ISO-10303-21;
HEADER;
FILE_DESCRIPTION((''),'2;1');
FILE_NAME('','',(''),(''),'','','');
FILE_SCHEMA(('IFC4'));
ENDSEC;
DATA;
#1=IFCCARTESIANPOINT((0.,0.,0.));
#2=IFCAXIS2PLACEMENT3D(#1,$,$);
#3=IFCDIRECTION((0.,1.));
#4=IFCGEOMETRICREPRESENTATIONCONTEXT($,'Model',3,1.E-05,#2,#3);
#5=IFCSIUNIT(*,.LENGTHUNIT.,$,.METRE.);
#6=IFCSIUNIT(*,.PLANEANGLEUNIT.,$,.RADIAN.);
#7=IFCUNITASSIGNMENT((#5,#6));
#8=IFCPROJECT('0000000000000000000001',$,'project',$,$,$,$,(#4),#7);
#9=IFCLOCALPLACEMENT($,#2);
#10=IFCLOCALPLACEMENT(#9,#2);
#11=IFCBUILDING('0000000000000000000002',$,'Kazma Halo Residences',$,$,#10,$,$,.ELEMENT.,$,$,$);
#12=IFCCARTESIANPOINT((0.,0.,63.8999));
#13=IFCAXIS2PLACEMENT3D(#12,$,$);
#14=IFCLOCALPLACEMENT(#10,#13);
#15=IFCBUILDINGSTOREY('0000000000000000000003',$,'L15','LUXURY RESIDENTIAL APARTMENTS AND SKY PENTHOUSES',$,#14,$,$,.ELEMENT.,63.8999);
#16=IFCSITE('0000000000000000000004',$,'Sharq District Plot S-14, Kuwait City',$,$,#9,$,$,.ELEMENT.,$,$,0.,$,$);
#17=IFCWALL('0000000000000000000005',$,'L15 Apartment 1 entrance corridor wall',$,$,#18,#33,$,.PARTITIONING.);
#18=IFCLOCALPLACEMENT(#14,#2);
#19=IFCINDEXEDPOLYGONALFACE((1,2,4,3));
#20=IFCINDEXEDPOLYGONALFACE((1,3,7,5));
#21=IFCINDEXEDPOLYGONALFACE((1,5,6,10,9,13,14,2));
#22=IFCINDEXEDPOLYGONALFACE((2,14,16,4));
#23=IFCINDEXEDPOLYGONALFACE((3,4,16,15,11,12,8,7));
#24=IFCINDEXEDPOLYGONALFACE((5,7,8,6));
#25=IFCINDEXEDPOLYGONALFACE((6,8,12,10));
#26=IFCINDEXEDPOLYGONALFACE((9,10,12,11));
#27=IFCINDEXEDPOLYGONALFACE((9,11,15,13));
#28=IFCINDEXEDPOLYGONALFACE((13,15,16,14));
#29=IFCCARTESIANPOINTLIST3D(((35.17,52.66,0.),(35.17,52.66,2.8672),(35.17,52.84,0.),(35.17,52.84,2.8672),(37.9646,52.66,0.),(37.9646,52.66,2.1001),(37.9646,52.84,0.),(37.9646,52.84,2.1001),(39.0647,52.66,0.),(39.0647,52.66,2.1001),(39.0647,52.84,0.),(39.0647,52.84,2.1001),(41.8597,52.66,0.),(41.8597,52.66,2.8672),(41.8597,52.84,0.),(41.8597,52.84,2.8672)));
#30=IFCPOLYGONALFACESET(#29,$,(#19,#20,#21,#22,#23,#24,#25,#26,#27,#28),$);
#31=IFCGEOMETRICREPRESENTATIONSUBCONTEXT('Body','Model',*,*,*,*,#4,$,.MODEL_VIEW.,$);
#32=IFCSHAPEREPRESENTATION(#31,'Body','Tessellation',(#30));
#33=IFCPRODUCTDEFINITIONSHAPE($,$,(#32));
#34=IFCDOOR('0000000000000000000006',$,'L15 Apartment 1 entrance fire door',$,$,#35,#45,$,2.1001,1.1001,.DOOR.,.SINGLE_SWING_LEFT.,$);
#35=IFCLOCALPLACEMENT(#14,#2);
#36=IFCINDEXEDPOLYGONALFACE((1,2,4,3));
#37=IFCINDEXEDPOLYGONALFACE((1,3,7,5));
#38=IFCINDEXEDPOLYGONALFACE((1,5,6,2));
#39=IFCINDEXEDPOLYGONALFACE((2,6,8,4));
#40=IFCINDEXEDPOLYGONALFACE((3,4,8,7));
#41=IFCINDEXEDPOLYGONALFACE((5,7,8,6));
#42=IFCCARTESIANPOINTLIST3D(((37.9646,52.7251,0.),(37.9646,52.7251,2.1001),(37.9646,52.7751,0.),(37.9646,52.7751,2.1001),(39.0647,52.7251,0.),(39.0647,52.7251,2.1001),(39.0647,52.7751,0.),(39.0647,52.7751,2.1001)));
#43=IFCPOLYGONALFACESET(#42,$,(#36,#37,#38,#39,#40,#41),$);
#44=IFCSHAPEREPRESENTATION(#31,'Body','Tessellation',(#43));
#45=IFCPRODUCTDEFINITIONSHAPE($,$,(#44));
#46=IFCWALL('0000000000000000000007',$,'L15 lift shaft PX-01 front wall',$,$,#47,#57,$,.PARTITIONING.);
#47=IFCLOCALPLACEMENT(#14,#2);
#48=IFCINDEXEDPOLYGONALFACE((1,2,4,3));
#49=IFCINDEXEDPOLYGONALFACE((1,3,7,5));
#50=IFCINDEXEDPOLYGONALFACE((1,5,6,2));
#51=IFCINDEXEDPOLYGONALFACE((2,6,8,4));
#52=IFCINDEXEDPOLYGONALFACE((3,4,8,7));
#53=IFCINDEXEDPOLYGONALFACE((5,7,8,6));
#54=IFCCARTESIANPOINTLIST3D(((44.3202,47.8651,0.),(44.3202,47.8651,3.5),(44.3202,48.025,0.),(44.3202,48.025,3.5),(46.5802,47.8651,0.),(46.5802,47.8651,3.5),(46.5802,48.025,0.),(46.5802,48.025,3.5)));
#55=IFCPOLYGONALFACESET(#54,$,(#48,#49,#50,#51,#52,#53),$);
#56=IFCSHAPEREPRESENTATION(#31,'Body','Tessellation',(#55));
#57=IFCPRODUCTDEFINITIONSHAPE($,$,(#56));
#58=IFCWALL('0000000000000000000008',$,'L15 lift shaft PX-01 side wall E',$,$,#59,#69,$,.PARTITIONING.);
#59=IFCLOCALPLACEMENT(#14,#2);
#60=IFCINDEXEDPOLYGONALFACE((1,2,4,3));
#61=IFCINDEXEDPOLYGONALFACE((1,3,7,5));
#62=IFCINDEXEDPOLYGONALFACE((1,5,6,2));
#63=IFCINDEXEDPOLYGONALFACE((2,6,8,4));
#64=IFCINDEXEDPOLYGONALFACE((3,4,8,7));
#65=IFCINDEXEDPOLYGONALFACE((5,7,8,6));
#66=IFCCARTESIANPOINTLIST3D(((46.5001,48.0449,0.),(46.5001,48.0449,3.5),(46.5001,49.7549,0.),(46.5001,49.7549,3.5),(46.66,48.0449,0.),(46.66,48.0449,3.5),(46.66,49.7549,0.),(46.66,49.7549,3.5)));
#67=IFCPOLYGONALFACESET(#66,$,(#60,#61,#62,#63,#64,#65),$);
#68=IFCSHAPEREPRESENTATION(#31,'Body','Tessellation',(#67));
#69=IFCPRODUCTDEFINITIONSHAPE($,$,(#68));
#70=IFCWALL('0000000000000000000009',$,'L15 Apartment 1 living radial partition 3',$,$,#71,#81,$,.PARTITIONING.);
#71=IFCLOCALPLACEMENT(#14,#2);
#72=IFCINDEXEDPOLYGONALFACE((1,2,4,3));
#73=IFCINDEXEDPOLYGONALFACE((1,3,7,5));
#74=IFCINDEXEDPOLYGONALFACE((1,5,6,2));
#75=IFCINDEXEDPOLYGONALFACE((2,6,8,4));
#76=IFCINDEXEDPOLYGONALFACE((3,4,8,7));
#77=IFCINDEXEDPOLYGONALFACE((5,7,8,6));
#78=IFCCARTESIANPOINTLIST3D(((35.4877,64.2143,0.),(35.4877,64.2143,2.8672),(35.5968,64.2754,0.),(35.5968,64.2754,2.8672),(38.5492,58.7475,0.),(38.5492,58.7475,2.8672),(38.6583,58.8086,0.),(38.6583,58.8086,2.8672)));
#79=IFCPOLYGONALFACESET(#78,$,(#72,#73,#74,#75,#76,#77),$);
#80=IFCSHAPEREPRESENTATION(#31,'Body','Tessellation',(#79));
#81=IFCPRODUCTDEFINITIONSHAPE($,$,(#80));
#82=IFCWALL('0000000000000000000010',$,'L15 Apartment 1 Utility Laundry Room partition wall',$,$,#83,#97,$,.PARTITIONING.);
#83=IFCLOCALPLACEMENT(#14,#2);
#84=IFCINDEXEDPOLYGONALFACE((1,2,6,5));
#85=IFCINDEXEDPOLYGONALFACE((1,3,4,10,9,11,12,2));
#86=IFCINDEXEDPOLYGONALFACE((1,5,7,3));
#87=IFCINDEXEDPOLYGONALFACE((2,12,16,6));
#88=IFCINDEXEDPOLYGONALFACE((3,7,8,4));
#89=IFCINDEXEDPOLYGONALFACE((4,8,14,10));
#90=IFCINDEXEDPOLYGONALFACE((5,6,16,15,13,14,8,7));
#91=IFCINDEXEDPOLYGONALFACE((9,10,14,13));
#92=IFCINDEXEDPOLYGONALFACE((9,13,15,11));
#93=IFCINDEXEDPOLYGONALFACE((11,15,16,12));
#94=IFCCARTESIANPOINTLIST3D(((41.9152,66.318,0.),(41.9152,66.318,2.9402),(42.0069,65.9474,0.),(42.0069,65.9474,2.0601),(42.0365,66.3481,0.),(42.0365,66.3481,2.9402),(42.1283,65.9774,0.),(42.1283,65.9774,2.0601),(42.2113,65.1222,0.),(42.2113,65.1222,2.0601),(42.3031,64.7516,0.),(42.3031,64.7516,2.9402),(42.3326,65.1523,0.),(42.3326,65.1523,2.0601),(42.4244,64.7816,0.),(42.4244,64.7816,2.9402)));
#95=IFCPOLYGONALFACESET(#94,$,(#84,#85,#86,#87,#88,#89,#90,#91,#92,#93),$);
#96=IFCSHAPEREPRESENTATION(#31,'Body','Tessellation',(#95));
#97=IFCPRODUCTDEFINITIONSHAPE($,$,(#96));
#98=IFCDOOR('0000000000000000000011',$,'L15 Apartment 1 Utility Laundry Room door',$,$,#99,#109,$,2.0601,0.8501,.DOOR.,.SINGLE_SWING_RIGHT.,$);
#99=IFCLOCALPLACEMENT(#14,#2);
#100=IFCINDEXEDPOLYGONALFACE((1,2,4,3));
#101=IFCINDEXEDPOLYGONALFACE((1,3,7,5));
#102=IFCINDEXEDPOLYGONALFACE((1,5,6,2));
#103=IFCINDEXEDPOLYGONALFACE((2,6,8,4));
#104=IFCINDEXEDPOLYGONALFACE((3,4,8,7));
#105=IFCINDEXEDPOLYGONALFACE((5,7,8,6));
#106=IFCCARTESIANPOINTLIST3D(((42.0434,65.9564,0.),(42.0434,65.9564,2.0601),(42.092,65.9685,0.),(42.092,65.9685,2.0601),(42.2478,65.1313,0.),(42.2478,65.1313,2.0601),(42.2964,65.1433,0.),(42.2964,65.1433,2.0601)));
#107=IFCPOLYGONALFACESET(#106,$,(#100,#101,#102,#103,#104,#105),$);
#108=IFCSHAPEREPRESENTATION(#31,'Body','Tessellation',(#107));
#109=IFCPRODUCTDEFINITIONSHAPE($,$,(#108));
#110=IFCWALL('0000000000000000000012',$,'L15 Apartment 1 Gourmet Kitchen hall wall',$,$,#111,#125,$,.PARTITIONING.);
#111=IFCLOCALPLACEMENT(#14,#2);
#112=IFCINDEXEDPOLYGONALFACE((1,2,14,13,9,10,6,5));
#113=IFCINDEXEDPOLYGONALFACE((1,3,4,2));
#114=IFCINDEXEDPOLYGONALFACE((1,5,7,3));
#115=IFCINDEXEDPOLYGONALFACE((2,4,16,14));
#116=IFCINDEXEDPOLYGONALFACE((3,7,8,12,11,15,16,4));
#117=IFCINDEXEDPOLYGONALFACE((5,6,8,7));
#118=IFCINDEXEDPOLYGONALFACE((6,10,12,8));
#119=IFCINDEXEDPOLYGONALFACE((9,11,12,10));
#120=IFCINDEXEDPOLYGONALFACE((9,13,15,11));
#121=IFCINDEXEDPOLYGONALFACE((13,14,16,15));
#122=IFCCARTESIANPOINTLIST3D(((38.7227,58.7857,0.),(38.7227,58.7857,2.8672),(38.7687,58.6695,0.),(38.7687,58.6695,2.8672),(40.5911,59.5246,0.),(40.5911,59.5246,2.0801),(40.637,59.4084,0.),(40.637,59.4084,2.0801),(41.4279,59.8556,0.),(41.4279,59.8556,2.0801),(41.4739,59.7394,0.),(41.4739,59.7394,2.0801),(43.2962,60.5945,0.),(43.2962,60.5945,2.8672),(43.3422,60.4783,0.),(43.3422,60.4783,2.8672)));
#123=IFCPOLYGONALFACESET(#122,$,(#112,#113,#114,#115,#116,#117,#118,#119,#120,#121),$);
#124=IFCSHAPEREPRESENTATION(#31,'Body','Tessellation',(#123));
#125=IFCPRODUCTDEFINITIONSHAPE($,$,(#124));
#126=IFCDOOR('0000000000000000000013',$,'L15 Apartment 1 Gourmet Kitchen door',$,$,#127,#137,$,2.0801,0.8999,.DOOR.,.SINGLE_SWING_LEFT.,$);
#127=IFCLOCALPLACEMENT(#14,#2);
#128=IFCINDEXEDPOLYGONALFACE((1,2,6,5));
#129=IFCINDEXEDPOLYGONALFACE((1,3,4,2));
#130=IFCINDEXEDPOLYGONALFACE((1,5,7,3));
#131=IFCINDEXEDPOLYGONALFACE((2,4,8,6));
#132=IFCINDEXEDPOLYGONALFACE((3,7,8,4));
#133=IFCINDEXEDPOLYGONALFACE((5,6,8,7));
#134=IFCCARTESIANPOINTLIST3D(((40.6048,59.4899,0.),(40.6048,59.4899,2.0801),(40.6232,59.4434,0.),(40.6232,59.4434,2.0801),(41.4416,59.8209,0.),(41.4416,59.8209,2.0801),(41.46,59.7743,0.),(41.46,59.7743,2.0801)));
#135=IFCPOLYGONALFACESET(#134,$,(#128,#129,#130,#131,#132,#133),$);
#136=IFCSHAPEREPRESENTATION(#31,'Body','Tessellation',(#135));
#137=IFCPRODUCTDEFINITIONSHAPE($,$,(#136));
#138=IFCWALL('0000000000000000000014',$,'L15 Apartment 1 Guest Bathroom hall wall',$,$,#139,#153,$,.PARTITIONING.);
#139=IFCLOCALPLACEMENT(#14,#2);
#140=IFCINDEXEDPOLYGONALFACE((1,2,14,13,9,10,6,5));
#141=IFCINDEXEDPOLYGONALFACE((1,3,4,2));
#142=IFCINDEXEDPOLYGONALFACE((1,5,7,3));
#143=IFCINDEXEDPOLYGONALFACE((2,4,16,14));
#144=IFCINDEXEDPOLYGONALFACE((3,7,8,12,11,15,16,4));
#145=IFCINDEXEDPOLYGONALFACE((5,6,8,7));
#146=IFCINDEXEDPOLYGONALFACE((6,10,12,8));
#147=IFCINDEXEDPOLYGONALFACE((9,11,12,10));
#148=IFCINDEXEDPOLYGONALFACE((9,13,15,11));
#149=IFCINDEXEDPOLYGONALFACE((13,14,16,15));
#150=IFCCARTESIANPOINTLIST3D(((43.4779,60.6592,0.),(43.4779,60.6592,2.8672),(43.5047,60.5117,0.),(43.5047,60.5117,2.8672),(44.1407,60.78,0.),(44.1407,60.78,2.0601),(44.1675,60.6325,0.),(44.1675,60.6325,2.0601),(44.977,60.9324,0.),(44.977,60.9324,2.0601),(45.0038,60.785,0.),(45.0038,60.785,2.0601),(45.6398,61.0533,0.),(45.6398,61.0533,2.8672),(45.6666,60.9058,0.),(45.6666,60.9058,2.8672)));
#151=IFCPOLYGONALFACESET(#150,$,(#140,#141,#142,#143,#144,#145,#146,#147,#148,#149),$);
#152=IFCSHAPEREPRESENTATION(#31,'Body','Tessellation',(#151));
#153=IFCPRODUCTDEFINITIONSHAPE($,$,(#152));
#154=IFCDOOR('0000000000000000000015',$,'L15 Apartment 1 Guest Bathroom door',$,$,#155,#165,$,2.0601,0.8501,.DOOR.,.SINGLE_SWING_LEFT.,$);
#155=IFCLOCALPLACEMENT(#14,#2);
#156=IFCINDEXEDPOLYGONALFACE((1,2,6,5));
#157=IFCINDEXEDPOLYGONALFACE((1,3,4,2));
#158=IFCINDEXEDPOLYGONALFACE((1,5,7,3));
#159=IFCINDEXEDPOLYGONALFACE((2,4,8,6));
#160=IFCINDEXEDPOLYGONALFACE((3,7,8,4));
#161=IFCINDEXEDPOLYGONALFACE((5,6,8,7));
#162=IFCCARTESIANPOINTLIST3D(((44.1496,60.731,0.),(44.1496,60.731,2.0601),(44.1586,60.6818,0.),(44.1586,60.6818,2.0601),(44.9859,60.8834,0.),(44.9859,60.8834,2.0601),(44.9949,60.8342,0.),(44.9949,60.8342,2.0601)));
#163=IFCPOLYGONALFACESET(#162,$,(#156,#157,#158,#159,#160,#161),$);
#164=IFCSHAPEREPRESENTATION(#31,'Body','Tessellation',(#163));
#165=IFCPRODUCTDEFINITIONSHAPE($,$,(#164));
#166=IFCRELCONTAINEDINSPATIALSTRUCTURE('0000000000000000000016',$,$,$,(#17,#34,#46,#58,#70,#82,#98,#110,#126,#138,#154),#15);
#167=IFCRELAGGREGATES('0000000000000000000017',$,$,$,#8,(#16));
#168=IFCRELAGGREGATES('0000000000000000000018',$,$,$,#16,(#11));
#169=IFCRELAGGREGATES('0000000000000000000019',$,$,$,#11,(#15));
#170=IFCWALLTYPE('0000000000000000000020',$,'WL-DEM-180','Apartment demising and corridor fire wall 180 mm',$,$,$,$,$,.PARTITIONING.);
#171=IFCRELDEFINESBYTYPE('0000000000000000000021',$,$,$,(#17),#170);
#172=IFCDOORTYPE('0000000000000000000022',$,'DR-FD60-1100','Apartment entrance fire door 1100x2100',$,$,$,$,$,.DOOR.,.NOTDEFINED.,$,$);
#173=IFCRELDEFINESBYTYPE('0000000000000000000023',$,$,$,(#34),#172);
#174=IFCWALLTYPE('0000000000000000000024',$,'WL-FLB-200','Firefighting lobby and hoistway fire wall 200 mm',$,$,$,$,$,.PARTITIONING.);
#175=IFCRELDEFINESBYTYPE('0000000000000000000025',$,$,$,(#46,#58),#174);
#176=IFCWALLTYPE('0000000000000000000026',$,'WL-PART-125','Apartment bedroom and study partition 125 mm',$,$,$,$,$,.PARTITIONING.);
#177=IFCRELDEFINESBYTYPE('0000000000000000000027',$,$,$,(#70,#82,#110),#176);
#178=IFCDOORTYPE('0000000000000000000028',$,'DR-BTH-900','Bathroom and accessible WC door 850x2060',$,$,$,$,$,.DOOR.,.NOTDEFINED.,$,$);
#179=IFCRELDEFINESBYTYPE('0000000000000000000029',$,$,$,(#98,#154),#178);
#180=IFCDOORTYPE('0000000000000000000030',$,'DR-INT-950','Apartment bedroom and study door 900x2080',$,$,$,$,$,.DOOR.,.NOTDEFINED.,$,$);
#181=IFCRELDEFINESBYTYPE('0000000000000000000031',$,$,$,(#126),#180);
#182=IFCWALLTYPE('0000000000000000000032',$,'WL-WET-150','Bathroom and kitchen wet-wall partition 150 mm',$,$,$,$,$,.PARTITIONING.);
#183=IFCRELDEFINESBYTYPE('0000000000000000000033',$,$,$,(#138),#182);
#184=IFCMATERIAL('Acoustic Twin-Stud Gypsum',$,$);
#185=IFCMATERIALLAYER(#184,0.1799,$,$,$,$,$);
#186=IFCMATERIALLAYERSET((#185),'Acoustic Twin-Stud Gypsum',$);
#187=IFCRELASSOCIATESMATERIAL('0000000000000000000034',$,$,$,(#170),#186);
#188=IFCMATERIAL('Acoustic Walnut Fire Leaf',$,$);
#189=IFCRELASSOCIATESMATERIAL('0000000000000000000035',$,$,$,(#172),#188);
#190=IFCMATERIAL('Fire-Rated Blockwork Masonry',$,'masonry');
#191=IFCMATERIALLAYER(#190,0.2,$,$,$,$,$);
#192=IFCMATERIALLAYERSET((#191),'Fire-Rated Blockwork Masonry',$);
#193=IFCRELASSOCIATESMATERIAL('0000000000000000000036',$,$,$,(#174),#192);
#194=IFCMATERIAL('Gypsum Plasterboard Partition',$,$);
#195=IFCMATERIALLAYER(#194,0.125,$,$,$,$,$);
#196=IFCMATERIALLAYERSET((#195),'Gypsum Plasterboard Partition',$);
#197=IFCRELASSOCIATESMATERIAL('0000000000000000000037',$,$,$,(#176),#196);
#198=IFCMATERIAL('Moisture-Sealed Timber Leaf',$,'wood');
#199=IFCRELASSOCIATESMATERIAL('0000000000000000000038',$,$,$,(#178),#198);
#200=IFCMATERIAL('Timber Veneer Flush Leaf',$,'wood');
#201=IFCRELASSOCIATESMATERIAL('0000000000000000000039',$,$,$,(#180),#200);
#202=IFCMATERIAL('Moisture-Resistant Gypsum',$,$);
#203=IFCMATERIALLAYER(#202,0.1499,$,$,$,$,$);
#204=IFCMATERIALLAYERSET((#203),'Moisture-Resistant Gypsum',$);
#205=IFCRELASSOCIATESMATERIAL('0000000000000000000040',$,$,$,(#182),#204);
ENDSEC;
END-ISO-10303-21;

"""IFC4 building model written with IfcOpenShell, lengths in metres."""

from ifc_helpers import new_model, si_unit, direction, frame, frame_2d, origin, place, context, subcontext, project, spatial, rectangle, extrude, material, layer, layer_set, type_object, element, fill, save


model = new_model("IFC4")

# Units and contexts
model_context = context("Model", 3, precision=1e-05, world=origin(), true_north=direction((0.0, 1.0)))
body_context = subcontext(model_context, "Body", "Model", "MODEL_VIEW")
ifc_project = project(units=[si_unit("LENGTHUNIT", "METRE"), si_unit("PLANEANGLEUNIT", "RADIAN")], contexts=[model_context])

# Site, building, storey
site_placement = place(None, origin())
site = spatial("IfcSite", under=ifc_project, at=site_placement, Name="Sharq District Plot S-14, Kuwait City", CompositionType="ELEMENT", RefElevation=0.0)
building_placement = place(site_placement, origin())
building = spatial("IfcBuilding", under=site, at=building_placement, Name="Kazma Halo Residences", CompositionType="ELEMENT")
storey_placement = place(building_placement, frame((0.0, 0.0, 63.8999)))
storey = spatial("IfcBuildingStorey", under=building, at=storey_placement, Name="L15", Description="LUXURY RESIDENTIAL APARTMENTS AND SKY PENTHOUSES", CompositionType="ELEMENT", Elevation=63.8999)

# Wall, opening, door
ifc_material_1 = material(Name="Acoustic Twin-Stud Gypsum")
ifc_layer_1 = layer(ifc_material_1, 0.1799)
ifc_layer_set_1 = layer_set([ifc_layer_1], Name="Acoustic Twin-Stud Gypsum")
wall_type_1 = type_object("IfcWallType", Name="WL-DEM-180", Description="Apartment demising and corridor fire wall 180 mm", PredefinedType="PARTITIONING", material=ifc_layer_set_1)
wall_1_placement = place(storey_placement, frame((41.8596, 52.75, 0.0), z_axis=(0.0, 0.0, 1.0), x_axis=(-1.0, 0.0, 0.0)))
wall_1 = element("IfcWall", 1, at=wall_1_placement, inside=storey, type_object=wall_type_1, Name="L15 Apartment 1 entrance corridor wall", PredefinedType="PARTITIONING", context=body_context, shape_type="SweptSolid", body=[
    extrude(rectangle(XDim=6.6897, YDim=0.1799, at=frame_2d((3.3447, 0.0))), origin(), (0.0, 0.0, 1.0), 2.8672),
])
opening_1_placement = place(wall_1_placement, frame((2.7949, 0.0, 0.0)))
opening_1 = element("IfcOpeningElement", 2, at=opening_1_placement, cuts=wall_1, PredefinedType="OPENING", context=body_context, shape_type="SweptSolid", body=[
    extrude(rectangle(XDim=1.1001, YDim=2.1001, at=frame_2d((0.55, 1.05))), frame((0.0, 0.0999, 0.0), z_axis=(0.0, -1.0, 0.0), x_axis=(1.0, 0.0, 0.0)), (0.0, 0.0, 1.0), 0.2),
])
ifc_material_2 = material(Name="Acoustic Walnut Fire Leaf")
door_type_1 = type_object("IfcDoorType", Name="DR-FD60-1100", Description="Apartment entrance fire door 1100x2100", OperationType="NOTDEFINED", PredefinedType="DOOR", material=ifc_material_2)
door_1_placement = place(opening_1_placement, origin())
door_1 = element("IfcDoor", 3, at=door_1_placement, inside=storey, type_object=door_type_1, Name="L15 Apartment 1 entrance fire door", OperationType="SINGLE_SWING_LEFT", OverallHeight=2.1001, OverallWidth=1.1001, PredefinedType="DOOR", context=body_context, shape_type="SweptSolid", body=[
    extrude(rectangle(XDim=1.1001, YDim=2.1001, at=frame_2d((0.55, 1.05))), frame((0.0, 0.0249, 0.0), z_axis=(0.0, -1.0, 0.0), x_axis=(1.0, 0.0, 0.0)), (0.0, 0.0, 1.0), 0.05),
])
fill(opening_1, door_1)

# Walls
ifc_material_3 = material(Name="Fire-Rated Blockwork Masonry", Category="masonry")
ifc_layer_2 = layer(ifc_material_3, 0.2)
ifc_layer_set_2 = layer_set([ifc_layer_2], Name="Fire-Rated Blockwork Masonry")
wall_type_2 = type_object("IfcWallType", Name="WL-FLB-200", Description="Firefighting lobby and hoistway fire wall 200 mm", PredefinedType="PARTITIONING", material=ifc_layer_set_2)
wall_2_placement = place(storey_placement, frame((46.5801, 47.9451, 0.0), z_axis=(0.0, 0.0, 1.0), x_axis=(-1.0, 0.0, 0.0)))
element("IfcWall", 4, at=wall_2_placement, inside=storey, type_object=wall_type_2, Name="L15 lift shaft PX-01 front wall", PredefinedType="PARTITIONING", context=body_context, shape_type="SweptSolid", body=[
    extrude(rectangle(XDim=2.26, YDim=0.1599, at=frame_2d((1.1299, 0.0))), origin(), (0.0, 0.0, 1.0), 3.5),
])
wall_3_placement = place(storey_placement, frame((46.5801, 48.0449, 0.0), z_axis=(0.0, 0.0, 1.0), x_axis=(0.0, 1.0, 0.0)))
element("IfcWall", 5, at=wall_3_placement, inside=storey, type_object=wall_type_2, Name="L15 lift shaft PX-01 side wall E", PredefinedType="PARTITIONING", context=body_context, shape_type="SweptSolid", body=[
    extrude(rectangle(XDim=1.71, YDim=0.1599, at=frame_2d((0.855, 0.0))), origin(), (0.0, 0.0, 1.0), 3.5),
])
ifc_material_4 = material(Name="Gypsum Plasterboard Partition")
ifc_layer_3 = layer(ifc_material_4, 0.125)
ifc_layer_set_3 = layer_set([ifc_layer_3], Name="Gypsum Plasterboard Partition")
wall_type_3 = type_object("IfcWallType", Name="WL-PART-125", Description="Apartment bedroom and study partition 125 mm", PredefinedType="PARTITIONING", material=ifc_layer_set_3)
wall_4_placement = place(storey_placement, frame((38.6038, 58.7781, 0.0), z_axis=(0.0, 0.0, 1.0), x_axis=(-0.488618, 0.872498, 0.0)))
element("IfcWall", 6, at=wall_4_placement, inside=storey, type_object=wall_type_3, Name="L15 Apartment 1 living radial partition 3", PredefinedType="PARTITIONING", context=body_context, shape_type="SweptSolid", body=[
    extrude(rectangle(XDim=6.2656, YDim=0.125, at=frame_2d((3.1328, 0.0))), origin(), (0.0, 0.0, 1.0), 2.8672),
])

# Walls, openings, doors
wall_5_placement = place(storey_placement, frame((42.3638, 64.7666, 0.0), z_axis=(0.0, 0.0, 1.0), x_axis=(-0.240399, 0.970674, 0.0)))
wall_5 = element("IfcWall", 7, at=wall_5_placement, inside=storey, type_object=wall_type_3, Name="L15 Apartment 1 Utility Laundry Room partition wall", PredefinedType="PARTITIONING", context=body_context, shape_type="SweptSolid", body=[
    extrude(rectangle(XDim=1.6138, YDim=0.125, at=frame_2d((0.8069, 0.0))), origin(), (0.0, 0.0, 1.0), 2.9402),
])
opening_2_placement = place(wall_5_placement, frame((0.3818, 0.0, 0.0)))
opening_2 = element("IfcOpeningElement", 8, at=opening_2_placement, cuts=wall_5, PredefinedType="OPENING", context=body_context, shape_type="SweptSolid", body=[
    extrude(rectangle(XDim=0.8501, YDim=2.0601, at=frame_2d((0.425, 1.03))), frame((0.0, 0.0725, 0.0), z_axis=(0.0, -1.0, 0.0), x_axis=(1.0, 0.0, 0.0)), (0.0, 0.0, 1.0), 0.145),
])
ifc_material_5 = material(Name="Moisture-Sealed Timber Leaf", Category="wood")
door_type_2 = type_object("IfcDoorType", Name="DR-BTH-900", Description="Bathroom and accessible WC door 850x2060", OperationType="NOTDEFINED", PredefinedType="DOOR", material=ifc_material_5)
door_2_placement = place(opening_2_placement, origin())
door_2 = element("IfcDoor", 9, at=door_2_placement, inside=storey, type_object=door_type_2, Name="L15 Apartment 1 Utility Laundry Room door", OperationType="SINGLE_SWING_RIGHT", OverallHeight=2.0601, OverallWidth=0.8501, PredefinedType="DOOR", context=body_context, shape_type="SweptSolid", body=[
    extrude(rectangle(XDim=0.8501, YDim=2.0601, at=frame_2d((0.425, 1.03))), frame((0.0, 0.0249, 0.0), z_axis=(0.0, -1.0, 0.0), x_axis=(1.0, 0.0, 0.0)), (0.0, 0.0, 1.0), 0.05),
])
fill(opening_2, door_2)
wall_6_placement = place(storey_placement, frame((43.3191, 60.5364, 0.0), z_axis=(0.0, 0.0, 1.0), x_axis=(-0.929911, -0.367785, 0.0)))
wall_6 = element("IfcWall", 10, at=wall_6_placement, inside=storey, type_object=wall_type_3, Name="L15 Apartment 1 Gourmet Kitchen hall wall", PredefinedType="PARTITIONING", context=body_context, shape_type="SweptSolid", body=[
    extrude(rectangle(XDim=4.9182, YDim=0.125, at=frame_2d((2.459, 0.0))), origin(), (0.0, 0.0, 1.0), 2.8672),
])
opening_3_placement = place(wall_6_placement, frame((2.009, 0.0, 0.0)))
opening_3 = element("IfcOpeningElement", 11, at=opening_3_placement, cuts=wall_6, PredefinedType="OPENING", context=body_context, shape_type="SweptSolid", body=[
    extrude(rectangle(XDim=0.8999, YDim=2.0801, at=frame_2d((0.45, 1.04))), frame((0.0, 0.0725, 0.0), z_axis=(0.0, -1.0, 0.0), x_axis=(1.0, 0.0, 0.0)), (0.0, 0.0, 1.0), 0.145),
])
ifc_material_6 = material(Name="Timber Veneer Flush Leaf", Category="wood")
door_type_3 = type_object("IfcDoorType", Name="DR-INT-950", Description="Apartment bedroom and study door 900x2080", OperationType="NOTDEFINED", PredefinedType="DOOR", material=ifc_material_6)
door_3_placement = place(opening_3_placement, origin())
door_3 = element("IfcDoor", 12, at=door_3_placement, inside=storey, type_object=door_type_3, Name="L15 Apartment 1 Gourmet Kitchen door", OperationType="SINGLE_SWING_LEFT", OverallHeight=2.0801, OverallWidth=0.8999, PredefinedType="DOOR", context=body_context, shape_type="SweptSolid", body=[
    extrude(rectangle(XDim=0.8999, YDim=2.0801, at=frame_2d((0.45, 1.04))), frame((0.0, 0.0249, 0.0), z_axis=(0.0, -1.0, 0.0), x_axis=(1.0, 0.0, 0.0)), (0.0, 0.0, 1.0), 0.05),
])
fill(opening_3, door_3)
ifc_material_7 = material(Name="Moisture-Resistant Gypsum")
ifc_layer_4 = layer(ifc_material_7, 0.1499)
ifc_layer_set_4 = layer_set([ifc_layer_4], Name="Moisture-Resistant Gypsum")
wall_type_4 = type_object("IfcWallType", Name="WL-WET-150", Description="Bathroom and kitchen wet-wall partition 150 mm", PredefinedType="PARTITIONING", material=ifc_layer_set_4)
wall_7_placement = place(storey_placement, frame((45.6531, 60.9795, 0.0), z_axis=(0.0, 0.0, 1.0), x_axis=(-0.983792, -0.179316, 0.0)))
wall_7 = element("IfcWall", 13, at=wall_7_placement, inside=storey, type_object=wall_type_4, Name="L15 Apartment 1 Guest Bathroom hall wall", PredefinedType="PARTITIONING", context=body_context, shape_type="SweptSolid", body=[
    extrude(rectangle(XDim=2.1975, YDim=0.1499, at=frame_2d((1.0986, 0.0))), origin(), (0.0, 0.0, 1.0), 2.8672),
])
opening_4_placement = place(wall_7_placement, frame((0.6736, 0.0, 0.0)))
opening_4 = element("IfcOpeningElement", 14, at=opening_4_placement, cuts=wall_7, PredefinedType="OPENING", context=body_context, shape_type="SweptSolid", body=[
    extrude(rectangle(XDim=0.8501, YDim=2.0601, at=frame_2d((0.425, 1.03))), frame((0.0, 0.085, 0.0), z_axis=(0.0, -1.0, 0.0), x_axis=(1.0, 0.0, 0.0)), (0.0, 0.0, 1.0), 0.1699),
])
door_4_placement = place(opening_4_placement, origin())
door_4 = element("IfcDoor", 15, at=door_4_placement, inside=storey, type_object=door_type_2, Name="L15 Apartment 1 Guest Bathroom door", OperationType="SINGLE_SWING_LEFT", OverallHeight=2.0601, OverallWidth=0.8501, PredefinedType="DOOR", context=body_context, shape_type="SweptSolid", body=[
    extrude(rectangle(XDim=0.8501, YDim=2.0601, at=frame_2d((0.425, 1.03))), frame((0.0, 0.0249, 0.0), z_axis=(0.0, -1.0, 0.0), x_axis=(1.0, 0.0, 0.0)), (0.0, 0.0, 1.0), 0.05),
])
fill(opening_4, door_4)

save(model, "model.ifc")
